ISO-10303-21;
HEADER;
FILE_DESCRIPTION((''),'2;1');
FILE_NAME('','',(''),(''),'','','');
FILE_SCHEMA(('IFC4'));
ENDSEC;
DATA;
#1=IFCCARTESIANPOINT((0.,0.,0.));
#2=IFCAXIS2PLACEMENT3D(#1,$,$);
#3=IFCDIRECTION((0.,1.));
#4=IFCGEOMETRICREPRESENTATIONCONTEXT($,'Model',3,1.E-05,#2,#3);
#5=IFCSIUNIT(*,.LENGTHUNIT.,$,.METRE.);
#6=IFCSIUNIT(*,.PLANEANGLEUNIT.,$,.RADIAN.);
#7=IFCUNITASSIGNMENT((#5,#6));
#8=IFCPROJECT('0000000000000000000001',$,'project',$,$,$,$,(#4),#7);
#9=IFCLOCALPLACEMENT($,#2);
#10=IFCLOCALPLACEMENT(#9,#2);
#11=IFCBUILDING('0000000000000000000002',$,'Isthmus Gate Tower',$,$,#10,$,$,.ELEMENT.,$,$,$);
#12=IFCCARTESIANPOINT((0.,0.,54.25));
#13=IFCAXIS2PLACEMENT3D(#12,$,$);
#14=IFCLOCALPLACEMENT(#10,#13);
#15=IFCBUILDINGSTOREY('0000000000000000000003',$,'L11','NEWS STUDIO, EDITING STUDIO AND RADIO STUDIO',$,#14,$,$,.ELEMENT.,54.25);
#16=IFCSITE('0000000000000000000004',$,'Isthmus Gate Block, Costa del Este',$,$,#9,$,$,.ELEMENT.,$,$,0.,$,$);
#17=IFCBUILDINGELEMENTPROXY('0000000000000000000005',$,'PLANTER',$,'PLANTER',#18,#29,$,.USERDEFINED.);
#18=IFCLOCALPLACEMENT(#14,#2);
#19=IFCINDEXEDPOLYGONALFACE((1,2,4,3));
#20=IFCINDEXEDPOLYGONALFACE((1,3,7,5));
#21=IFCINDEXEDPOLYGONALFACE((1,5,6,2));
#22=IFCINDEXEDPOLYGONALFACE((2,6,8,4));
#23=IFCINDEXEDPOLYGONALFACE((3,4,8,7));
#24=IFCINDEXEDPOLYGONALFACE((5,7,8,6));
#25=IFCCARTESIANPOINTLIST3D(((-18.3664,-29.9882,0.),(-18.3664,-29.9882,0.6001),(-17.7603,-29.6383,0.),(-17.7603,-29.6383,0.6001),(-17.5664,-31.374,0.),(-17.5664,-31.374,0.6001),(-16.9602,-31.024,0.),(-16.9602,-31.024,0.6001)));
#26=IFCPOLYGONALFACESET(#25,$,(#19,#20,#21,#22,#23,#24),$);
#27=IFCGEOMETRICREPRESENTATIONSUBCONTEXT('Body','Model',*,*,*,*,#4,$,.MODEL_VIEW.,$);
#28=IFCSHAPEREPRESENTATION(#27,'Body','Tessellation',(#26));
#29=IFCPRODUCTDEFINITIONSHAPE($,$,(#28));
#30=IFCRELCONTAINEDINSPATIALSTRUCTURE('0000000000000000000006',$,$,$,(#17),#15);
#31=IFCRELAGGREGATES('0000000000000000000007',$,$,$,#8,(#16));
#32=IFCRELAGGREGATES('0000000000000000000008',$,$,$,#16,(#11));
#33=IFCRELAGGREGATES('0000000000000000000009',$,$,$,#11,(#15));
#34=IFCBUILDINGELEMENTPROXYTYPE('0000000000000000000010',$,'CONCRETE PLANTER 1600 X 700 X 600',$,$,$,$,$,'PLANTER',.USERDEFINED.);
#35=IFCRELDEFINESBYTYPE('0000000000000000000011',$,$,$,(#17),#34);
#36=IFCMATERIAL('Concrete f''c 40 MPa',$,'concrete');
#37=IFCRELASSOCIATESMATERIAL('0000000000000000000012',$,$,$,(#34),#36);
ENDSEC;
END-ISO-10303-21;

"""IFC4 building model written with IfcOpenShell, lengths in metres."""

from ifc_helpers import new_model, si_unit, direction, frame, origin, origin_2d, place, context, subcontext, project, spatial, rectangle, extrude, material, type_object, element, save


model = new_model("IFC4")

# Units and contexts
model_context = context("Model", 3, precision=1e-05, world=origin(), true_north=direction((0.0, 1.0)))
body_context = subcontext(model_context, "Body", "Model", "MODEL_VIEW")
ifc_project = project(units=[si_unit("LENGTHUNIT", "METRE"), si_unit("PLANEANGLEUNIT", "RADIAN")], contexts=[model_context])

# Site, building, storey
site_placement = place(None, origin())
site = spatial("IfcSite", under=ifc_project, at=site_placement, Name="Isthmus Gate Block, Costa del Este", CompositionType="ELEMENT", RefElevation=0.0)
building_placement = place(site_placement, origin())
building = spatial("IfcBuilding", under=site, at=building_placement, Name="Isthmus Gate Tower", CompositionType="ELEMENT")
storey_placement = place(building_placement, frame((0.0, 0.0, 54.25)))
storey = spatial("IfcBuildingStorey", under=building, at=storey_placement, Name="L11", Description="NEWS STUDIO, EDITING STUDIO AND RADIO STUDIO", CompositionType="ELEMENT", Elevation=54.25)

# Building element proxy
ifc_material_1 = material(Name="Concrete f'c 40 MPa", Category="concrete")
building_element_proxy_type = type_object("IfcBuildingElementProxyType", Name="CONCRETE PLANTER 1600 X 700 X 600", ElementType="PLANTER", PredefinedType="USERDEFINED", material=ifc_material_1)
for number, where, z_axis, x_axis, name in (
    (1, (-17.6633, -30.5061, 0.0), (0.0, 0.0, 1.0), (0.5, -0.866025, 0.0), "PLANTER"),
):
    element("IfcBuildingElementProxy", number, at=place(storey_placement, frame(where, z_axis=z_axis, x_axis=x_axis)), inside=storey, type_object=building_element_proxy_type, Name=name, ObjectType="PLANTER", PredefinedType="USERDEFINED", context=body_context, shape_type="SweptSolid", body=[
        extrude(rectangle(XDim=1.6001, YDim=0.7, at=origin_2d()), origin(), (0.0, 0.0, 1.0), 0.6001),
    ])

save(model, "model.ifc")
